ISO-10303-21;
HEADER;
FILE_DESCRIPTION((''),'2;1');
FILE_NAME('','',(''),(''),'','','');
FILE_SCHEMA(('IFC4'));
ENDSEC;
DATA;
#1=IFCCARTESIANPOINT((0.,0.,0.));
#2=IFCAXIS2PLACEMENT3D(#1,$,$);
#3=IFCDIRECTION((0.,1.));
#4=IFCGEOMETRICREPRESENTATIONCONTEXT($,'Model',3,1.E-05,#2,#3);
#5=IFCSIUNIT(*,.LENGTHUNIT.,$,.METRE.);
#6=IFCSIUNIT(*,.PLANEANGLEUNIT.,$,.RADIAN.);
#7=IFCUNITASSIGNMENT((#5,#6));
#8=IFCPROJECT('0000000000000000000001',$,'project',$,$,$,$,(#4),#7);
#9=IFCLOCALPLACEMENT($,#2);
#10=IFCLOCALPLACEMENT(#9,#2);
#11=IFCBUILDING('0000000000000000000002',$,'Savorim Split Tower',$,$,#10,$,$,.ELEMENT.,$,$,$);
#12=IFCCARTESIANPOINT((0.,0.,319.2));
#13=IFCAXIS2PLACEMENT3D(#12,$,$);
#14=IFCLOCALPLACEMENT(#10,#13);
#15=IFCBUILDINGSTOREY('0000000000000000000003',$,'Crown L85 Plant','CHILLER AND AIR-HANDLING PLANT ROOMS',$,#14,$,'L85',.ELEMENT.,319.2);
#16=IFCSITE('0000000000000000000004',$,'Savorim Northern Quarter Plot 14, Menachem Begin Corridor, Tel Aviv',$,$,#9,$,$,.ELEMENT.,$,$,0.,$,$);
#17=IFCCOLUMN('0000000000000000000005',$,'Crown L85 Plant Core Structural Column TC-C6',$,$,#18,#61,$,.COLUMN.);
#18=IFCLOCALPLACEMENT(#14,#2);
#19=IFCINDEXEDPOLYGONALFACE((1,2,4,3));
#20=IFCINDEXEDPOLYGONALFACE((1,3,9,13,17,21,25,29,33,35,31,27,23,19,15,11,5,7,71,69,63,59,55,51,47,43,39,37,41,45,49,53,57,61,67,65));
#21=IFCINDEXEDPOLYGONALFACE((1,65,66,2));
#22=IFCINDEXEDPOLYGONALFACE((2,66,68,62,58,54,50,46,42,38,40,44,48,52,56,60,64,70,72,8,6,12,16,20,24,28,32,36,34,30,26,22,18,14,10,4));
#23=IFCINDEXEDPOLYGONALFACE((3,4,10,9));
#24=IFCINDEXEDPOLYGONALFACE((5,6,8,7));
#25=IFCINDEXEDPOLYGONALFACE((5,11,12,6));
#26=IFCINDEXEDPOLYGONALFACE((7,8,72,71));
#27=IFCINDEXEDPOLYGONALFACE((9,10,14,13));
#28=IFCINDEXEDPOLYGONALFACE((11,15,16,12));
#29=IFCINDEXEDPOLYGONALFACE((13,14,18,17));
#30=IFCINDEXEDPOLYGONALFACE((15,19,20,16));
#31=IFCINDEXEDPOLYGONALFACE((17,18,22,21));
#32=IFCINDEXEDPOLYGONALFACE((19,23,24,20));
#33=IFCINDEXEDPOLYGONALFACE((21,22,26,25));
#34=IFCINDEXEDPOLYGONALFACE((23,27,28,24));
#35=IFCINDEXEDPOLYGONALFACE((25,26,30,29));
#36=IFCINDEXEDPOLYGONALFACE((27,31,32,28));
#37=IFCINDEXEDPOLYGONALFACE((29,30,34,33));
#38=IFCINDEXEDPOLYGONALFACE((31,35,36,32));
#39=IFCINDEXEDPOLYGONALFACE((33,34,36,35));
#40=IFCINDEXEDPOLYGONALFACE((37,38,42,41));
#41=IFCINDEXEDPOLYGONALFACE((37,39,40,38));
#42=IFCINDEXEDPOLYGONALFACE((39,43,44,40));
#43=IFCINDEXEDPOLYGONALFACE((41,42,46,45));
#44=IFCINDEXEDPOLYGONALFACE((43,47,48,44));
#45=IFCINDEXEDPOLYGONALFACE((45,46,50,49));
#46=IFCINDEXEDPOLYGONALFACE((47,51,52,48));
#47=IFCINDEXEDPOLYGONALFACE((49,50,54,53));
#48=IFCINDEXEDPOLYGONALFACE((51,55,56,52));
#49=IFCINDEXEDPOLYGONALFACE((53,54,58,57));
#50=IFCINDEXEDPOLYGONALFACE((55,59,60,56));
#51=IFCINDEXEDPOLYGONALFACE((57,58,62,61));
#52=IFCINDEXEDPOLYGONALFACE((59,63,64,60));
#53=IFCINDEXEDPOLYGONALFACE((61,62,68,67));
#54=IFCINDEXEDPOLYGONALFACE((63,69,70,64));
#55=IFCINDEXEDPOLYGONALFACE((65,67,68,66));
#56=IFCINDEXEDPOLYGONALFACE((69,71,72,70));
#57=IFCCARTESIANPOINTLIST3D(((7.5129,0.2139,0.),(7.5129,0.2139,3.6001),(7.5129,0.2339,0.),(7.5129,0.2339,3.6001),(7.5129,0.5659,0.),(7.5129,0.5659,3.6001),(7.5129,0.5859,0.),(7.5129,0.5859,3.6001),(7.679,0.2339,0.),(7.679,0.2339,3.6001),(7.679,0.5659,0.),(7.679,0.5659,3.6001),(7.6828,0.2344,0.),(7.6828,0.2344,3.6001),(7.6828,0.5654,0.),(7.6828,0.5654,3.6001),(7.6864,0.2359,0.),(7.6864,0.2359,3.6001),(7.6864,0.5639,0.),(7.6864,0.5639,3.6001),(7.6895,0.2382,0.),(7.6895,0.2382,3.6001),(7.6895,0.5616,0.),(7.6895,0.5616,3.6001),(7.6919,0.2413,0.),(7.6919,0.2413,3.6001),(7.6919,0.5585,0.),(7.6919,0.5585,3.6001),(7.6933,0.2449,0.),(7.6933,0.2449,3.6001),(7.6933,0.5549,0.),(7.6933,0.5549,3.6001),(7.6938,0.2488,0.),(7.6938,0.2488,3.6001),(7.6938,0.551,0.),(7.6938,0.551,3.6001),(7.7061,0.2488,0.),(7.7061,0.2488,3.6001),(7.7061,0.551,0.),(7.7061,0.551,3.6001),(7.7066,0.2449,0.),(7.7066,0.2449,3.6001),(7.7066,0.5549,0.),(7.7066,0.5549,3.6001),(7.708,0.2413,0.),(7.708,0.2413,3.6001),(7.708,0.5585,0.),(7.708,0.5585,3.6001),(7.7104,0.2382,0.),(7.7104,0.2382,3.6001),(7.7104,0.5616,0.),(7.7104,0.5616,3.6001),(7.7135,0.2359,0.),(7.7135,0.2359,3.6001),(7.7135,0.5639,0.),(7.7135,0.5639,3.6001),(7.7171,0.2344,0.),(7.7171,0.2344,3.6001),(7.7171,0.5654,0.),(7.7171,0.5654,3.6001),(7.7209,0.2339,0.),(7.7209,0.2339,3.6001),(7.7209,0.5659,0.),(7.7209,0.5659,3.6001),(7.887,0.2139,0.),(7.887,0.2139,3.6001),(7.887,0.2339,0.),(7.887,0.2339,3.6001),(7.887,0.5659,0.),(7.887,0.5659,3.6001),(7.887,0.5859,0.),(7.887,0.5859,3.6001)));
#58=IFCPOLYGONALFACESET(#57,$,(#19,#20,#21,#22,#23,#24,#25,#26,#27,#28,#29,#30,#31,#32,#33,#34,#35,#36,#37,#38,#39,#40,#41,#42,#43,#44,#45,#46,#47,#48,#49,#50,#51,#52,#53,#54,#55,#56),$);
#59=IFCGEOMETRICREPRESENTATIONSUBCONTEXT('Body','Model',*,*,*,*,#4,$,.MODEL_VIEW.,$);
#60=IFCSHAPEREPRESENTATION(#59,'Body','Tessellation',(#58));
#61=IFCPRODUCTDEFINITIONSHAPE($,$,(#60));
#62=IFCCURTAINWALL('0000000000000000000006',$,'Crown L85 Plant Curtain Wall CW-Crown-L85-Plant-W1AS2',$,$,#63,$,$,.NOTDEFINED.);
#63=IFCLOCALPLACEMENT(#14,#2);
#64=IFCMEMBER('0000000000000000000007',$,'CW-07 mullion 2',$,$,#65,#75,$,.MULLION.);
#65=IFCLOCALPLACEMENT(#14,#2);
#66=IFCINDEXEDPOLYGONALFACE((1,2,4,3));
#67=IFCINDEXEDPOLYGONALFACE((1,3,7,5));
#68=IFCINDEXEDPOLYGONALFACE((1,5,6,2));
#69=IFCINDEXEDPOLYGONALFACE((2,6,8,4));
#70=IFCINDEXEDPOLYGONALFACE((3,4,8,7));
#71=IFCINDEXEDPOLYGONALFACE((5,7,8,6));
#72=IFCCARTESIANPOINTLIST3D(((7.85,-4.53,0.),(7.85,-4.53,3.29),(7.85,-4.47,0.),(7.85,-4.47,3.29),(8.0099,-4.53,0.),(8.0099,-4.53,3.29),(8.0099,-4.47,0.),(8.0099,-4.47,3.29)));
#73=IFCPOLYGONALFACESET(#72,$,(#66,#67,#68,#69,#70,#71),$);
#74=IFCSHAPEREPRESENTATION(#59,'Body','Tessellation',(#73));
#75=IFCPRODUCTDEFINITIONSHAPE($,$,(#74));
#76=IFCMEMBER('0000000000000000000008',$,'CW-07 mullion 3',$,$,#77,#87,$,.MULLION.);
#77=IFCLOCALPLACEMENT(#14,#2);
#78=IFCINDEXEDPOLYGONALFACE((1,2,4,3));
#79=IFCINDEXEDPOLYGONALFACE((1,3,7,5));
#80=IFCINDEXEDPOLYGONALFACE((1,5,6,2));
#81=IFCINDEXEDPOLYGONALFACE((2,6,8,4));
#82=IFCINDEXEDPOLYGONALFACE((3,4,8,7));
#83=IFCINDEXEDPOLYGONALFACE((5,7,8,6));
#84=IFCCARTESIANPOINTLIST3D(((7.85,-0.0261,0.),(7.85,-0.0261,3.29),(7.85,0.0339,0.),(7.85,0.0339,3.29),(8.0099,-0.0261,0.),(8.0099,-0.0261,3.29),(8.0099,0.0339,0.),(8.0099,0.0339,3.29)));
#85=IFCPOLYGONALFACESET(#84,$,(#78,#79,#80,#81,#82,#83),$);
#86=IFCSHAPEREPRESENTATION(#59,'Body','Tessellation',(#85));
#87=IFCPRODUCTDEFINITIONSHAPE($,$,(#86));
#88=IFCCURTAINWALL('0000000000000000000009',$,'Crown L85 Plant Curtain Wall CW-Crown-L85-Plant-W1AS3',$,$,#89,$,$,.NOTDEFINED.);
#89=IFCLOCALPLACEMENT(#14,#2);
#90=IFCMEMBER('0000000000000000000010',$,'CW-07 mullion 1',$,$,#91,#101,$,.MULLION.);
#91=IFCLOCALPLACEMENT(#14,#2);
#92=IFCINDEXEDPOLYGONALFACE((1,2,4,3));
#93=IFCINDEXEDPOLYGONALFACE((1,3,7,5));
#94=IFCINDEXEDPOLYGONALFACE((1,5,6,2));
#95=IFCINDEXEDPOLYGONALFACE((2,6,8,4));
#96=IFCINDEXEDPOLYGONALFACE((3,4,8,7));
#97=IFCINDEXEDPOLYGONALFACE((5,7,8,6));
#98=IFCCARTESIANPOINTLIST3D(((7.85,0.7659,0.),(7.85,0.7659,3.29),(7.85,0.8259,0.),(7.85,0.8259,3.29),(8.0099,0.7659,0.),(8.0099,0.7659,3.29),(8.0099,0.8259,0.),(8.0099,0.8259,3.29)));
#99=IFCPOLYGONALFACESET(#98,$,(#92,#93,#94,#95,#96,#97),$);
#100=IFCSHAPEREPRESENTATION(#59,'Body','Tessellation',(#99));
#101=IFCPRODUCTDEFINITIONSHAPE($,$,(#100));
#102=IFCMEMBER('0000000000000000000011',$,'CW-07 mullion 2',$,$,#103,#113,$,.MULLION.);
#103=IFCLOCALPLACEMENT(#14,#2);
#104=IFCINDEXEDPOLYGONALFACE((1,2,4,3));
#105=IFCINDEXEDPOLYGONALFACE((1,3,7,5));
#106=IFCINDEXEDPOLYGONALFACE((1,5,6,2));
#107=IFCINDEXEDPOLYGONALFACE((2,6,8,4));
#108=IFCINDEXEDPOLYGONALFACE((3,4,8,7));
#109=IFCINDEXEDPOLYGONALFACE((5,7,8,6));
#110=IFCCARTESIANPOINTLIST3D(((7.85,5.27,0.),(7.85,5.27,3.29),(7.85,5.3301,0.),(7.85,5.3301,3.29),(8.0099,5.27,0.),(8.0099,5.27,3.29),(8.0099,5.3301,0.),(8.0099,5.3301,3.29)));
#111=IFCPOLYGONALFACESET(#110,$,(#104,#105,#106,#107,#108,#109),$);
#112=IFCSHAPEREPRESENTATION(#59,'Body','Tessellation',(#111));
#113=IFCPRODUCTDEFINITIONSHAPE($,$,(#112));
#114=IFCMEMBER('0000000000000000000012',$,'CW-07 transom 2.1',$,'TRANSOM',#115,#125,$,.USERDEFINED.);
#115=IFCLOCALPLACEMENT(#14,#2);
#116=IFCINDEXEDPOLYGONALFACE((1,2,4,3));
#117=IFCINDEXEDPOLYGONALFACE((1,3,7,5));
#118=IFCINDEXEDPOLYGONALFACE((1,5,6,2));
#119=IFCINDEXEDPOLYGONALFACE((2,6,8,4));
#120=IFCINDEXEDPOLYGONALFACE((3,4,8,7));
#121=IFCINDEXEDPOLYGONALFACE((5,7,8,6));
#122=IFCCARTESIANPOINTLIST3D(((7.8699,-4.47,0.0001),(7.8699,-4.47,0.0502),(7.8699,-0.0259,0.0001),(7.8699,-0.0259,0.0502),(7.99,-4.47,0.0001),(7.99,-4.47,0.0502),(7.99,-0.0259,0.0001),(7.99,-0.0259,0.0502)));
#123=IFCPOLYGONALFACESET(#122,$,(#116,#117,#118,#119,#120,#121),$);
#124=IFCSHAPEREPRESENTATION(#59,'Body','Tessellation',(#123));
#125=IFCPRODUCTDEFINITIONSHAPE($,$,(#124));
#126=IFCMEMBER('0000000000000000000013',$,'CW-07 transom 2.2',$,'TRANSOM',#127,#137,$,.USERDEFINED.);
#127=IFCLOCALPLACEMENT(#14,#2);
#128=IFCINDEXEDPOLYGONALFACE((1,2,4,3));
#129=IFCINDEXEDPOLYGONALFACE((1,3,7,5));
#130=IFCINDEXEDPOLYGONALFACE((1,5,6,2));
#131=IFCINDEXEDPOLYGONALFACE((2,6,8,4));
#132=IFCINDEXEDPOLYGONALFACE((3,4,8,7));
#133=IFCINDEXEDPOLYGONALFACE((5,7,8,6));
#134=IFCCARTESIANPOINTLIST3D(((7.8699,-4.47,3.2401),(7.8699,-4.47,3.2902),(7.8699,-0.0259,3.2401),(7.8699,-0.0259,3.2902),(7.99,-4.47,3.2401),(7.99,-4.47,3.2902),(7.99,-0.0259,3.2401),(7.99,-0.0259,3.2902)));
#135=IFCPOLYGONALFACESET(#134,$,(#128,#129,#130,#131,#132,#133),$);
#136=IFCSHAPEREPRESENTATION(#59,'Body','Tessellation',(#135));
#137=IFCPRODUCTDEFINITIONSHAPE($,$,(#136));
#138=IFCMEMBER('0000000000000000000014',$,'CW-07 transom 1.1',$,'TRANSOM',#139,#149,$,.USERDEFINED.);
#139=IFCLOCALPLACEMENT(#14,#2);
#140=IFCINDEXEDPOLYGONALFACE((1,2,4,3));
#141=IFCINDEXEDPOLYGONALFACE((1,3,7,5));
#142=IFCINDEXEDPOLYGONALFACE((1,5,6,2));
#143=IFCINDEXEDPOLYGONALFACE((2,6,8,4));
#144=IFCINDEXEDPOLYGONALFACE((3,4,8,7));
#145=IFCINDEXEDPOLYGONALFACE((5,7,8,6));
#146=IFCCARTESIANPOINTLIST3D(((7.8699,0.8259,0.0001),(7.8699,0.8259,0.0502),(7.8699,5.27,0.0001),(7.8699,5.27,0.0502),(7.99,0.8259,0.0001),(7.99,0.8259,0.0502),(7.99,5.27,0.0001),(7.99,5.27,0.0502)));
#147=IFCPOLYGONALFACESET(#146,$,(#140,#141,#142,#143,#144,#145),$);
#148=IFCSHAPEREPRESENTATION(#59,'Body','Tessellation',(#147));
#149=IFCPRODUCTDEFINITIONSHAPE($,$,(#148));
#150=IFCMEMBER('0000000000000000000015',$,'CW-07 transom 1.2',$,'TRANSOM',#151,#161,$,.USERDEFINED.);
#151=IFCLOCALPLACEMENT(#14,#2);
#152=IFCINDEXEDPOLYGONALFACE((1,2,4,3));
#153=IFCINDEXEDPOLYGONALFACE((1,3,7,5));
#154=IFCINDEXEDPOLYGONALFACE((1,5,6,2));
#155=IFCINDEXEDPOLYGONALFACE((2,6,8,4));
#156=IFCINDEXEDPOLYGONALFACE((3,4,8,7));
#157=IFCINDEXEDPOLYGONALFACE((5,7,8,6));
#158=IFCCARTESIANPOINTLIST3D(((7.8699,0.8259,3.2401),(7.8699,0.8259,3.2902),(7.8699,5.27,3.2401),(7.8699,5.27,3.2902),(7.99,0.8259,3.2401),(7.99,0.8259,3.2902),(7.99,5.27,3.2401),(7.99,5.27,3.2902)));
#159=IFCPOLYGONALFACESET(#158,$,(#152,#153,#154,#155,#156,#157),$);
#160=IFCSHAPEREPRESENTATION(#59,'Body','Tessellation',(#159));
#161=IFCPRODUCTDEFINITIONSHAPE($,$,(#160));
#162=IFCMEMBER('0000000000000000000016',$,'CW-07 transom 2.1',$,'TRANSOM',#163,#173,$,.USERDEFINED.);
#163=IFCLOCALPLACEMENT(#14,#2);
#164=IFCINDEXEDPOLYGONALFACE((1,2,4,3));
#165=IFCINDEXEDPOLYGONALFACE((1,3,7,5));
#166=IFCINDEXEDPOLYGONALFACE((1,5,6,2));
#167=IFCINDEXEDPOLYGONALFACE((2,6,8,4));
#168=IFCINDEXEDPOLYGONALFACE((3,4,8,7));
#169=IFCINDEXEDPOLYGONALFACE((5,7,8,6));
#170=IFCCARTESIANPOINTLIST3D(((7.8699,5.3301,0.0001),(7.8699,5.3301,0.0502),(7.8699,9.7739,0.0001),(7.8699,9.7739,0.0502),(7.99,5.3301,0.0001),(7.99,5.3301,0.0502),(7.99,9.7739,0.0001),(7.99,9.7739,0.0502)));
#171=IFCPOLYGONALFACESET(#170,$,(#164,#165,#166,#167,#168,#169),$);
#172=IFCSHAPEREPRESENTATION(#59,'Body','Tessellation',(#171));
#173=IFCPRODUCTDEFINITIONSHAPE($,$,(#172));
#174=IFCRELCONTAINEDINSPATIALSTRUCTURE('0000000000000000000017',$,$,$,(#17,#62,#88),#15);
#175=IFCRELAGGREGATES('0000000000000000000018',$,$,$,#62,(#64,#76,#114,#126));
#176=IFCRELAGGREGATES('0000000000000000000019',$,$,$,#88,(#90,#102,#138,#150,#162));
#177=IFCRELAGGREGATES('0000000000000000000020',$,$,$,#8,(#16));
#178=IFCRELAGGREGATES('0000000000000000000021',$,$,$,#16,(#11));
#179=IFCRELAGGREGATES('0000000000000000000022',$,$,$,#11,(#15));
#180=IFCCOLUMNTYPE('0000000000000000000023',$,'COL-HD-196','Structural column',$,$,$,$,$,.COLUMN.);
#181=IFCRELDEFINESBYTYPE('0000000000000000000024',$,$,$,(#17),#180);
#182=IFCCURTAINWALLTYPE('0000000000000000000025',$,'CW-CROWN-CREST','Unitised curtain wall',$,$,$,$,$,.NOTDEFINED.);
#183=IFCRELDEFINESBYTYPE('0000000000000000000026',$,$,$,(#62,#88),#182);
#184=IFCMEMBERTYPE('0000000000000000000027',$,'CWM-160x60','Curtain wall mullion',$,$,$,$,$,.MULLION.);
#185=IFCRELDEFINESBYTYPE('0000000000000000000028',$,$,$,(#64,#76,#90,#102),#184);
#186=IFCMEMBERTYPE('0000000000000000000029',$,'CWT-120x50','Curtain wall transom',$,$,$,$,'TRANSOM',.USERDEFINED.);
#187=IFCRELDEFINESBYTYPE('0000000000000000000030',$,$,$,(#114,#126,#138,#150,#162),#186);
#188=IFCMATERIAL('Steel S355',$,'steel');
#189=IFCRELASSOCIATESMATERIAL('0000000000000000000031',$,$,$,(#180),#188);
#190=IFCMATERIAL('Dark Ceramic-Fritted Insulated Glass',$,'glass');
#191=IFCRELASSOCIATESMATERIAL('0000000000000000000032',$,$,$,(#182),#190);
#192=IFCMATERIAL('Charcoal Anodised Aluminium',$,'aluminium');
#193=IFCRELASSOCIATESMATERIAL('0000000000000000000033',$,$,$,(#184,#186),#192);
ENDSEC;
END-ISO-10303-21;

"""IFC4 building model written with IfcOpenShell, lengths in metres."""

from ifc_helpers import new_model, si_unit, direction, frame, origin, origin_2d, place, context, subcontext, project, spatial, rectangle, i_section, extrude, material, material_profile, profile_set, type_object, element, aggregate, save


model = new_model("IFC4")

# Units and contexts
model_context = context("Model", 3, precision=1e-05, world=origin(), true_north=direction((0.0, 1.0)))
body_context = subcontext(model_context, "Body", "Model", "MODEL_VIEW")
ifc_project = project(units=[si_unit("LENGTHUNIT", "METRE"), si_unit("PLANEANGLEUNIT", "RADIAN")], contexts=[model_context])

# Site, building, storey
site_placement = place(None, origin())
site = spatial("IfcSite", under=ifc_project, at=site_placement, Name="Savorim Northern Quarter Plot 14, Menachem Begin Corridor, Tel Aviv", CompositionType="ELEMENT", RefElevation=0.0)
building_placement = place(site_placement, origin())
building = spatial("IfcBuilding", under=site, at=building_placement, Name="Savorim Split Tower", CompositionType="ELEMENT")
storey_placement = place(building_placement, frame((0.0, 0.0, 319.2)))
storey = spatial("IfcBuildingStorey", under=building, at=storey_placement, Name="Crown L85 Plant", Description="CHILLER AND AIR-HANDLING PLANT ROOMS", LongName="L85", CompositionType="ELEMENT", Elevation=319.2)

# Column
ifc_material_1 = material(Name="Steel S355", Category="steel")
ifc_material_profile_1 = material_profile(ifc_material_1, i_section(OverallWidth=0.374, OverallDepth=0.3721, WebThickness=0.0122, FlangeThickness=0.02, FilletRadius=0.0149, at=origin_2d()), Name="HD 360x196")
ifc_profile_set_1 = profile_set([ifc_material_profile_1], Name="Steel S355")
column_type = type_object("IfcColumnType", Name="COL-HD-196", Description="Structural column", PredefinedType="COLUMN", material=ifc_profile_set_1)
column_placement = place(storey_placement, frame((7.7, 0.3999, 0.0), z_axis=(0.0, 0.0, 1.0), x_axis=(1.0, 0.0, 0.0)))
element("IfcColumn", 1, at=column_placement, inside=storey, type_object=column_type, Name="Crown L85 Plant Core Structural Column TC-C6", PredefinedType="COLUMN", context=body_context, shape_type="SweptSolid", body=[
    extrude(i_section(OverallWidth=0.374, OverallDepth=0.3721, WebThickness=0.0122, FlangeThickness=0.02, FilletRadius=0.0149, at=origin_2d()), origin(), (0.0, 0.0, 1.0), 3.6001),
])

# Curtain walls, members
ifc_material_2 = material(Name="Dark Ceramic-Fritted Insulated Glass", Category="glass")
curtain_wall_type = type_object("IfcCurtainWallType", Name="CW-CROWN-CREST", Description="Unitised curtain wall", PredefinedType="NOTDEFINED", material=ifc_material_2)
curtain_wall_1_placement = place(storey_placement, origin())
curtain_wall_1 = element("IfcCurtainWall", 2, at=curtain_wall_1_placement, inside=storey, type_object=curtain_wall_type, Name="Crown L85 Plant Curtain Wall CW-Crown-L85-Plant-W1AS2", PredefinedType="NOTDEFINED")
ifc_material_3 = material(Name="Charcoal Anodised Aluminium", Category="aluminium")
ifc_material_profile_2 = material_profile(ifc_material_3, rectangle(XDim=0.1599, YDim=0.0601, at=origin_2d()), Name="ALU-M 160x60")
ifc_profile_set_2 = profile_set([ifc_material_profile_2], Name="Charcoal Anodised Aluminium")
member_type_1 = type_object("IfcMemberType", Name="CWM-160x60", Description="Curtain wall mullion", PredefinedType="MULLION", material=ifc_profile_set_2)
member_1_placement = place(storey_placement, frame((7.9299, -4.5, 0.0), z_axis=(0.0, 0.0, 1.0), x_axis=(-1.0, 0.0, 0.0)))
member_1 = element("IfcMember", 3, at=member_1_placement, type_object=member_type_1, Name="CW-07 mullion 2", PredefinedType="MULLION", context=body_context, shape_type="SweptSolid", body=[
    extrude(rectangle(XDim=0.1599, YDim=0.0601, at=origin_2d()), origin(), (0.0, 0.0, 1.0), 3.29),
])
member_2_placement = place(storey_placement, frame((7.9299, 0.0039, 0.0), z_axis=(0.0, 0.0, 1.0), x_axis=(-1.0, 0.0, 0.0)))
member_2 = element("IfcMember", 4, at=member_2_placement, type_object=member_type_1, Name="CW-07 mullion 3", PredefinedType="MULLION", context=body_context, shape_type="SweptSolid", body=[
    extrude(rectangle(XDim=0.1599, YDim=0.0601, at=origin_2d()), origin(), (0.0, 0.0, 1.0), 3.29),
])
curtain_wall_2_placement = place(storey_placement, origin())
curtain_wall_2 = element("IfcCurtainWall", 5, at=curtain_wall_2_placement, inside=storey, type_object=curtain_wall_type, Name="Crown L85 Plant Curtain Wall CW-Crown-L85-Plant-W1AS3", PredefinedType="NOTDEFINED")
member_3_placement = place(storey_placement, frame((7.9299, 0.7959, 0.0), z_axis=(0.0, 0.0, 1.0), x_axis=(-1.0, 0.0, 0.0)))
member_3 = element("IfcMember", 6, at=member_3_placement, type_object=member_type_1, Name="CW-07 mullion 1", PredefinedType="MULLION", context=body_context, shape_type="SweptSolid", body=[
    extrude(rectangle(XDim=0.1599, YDim=0.0601, at=origin_2d()), origin(), (0.0, 0.0, 1.0), 3.29),
])
member_4_placement = place(storey_placement, frame((7.9299, 5.3, 0.0), z_axis=(0.0, 0.0, 1.0), x_axis=(-1.0, 0.0, 0.0)))
member_4 = element("IfcMember", 7, at=member_4_placement, type_object=member_type_1, Name="CW-07 mullion 2", PredefinedType="MULLION", context=body_context, shape_type="SweptSolid", body=[
    extrude(rectangle(XDim=0.1599, YDim=0.0601, at=origin_2d()), origin(), (0.0, 0.0, 1.0), 3.29),
])

# Members
ifc_material_profile_3 = material_profile(ifc_material_3, rectangle(XDim=0.1201, YDim=0.05, at=origin_2d()), Name="ALU-T 120x50")
ifc_profile_set_3 = profile_set([ifc_material_profile_3], Name="Charcoal Anodised Aluminium")
member_type_2 = type_object("IfcMemberType", Name="CWT-120x50", Description="Curtain wall transom", ElementType="TRANSOM", PredefinedType="USERDEFINED", material=ifc_profile_set_3)
member_5_placement = place(storey_placement, frame((7.9299, -4.47, 0.0251), z_axis=(0.0, 1.0, 0.0), x_axis=(-1.0, 0.0, 0.0)))
member_5 = element("IfcMember", 8, at=member_5_placement, type_object=member_type_2, Name="CW-07 transom 2.1", ObjectType="TRANSOM", PredefinedType="USERDEFINED", context=body_context, shape_type="SweptSolid", body=[
    extrude(rectangle(XDim=0.1201, YDim=0.05, at=origin_2d()), origin(), (0.0, 0.0, 1.0), 4.4441),
])
member_6_placement = place(storey_placement, frame((7.9299, -4.47, 3.2651), z_axis=(0.0, 1.0, 0.0), x_axis=(-1.0, 0.0, 0.0)))
member_6 = element("IfcMember", 9, at=member_6_placement, type_object=member_type_2, Name="CW-07 transom 2.2", ObjectType="TRANSOM", PredefinedType="USERDEFINED", context=body_context, shape_type="SweptSolid", body=[
    extrude(rectangle(XDim=0.1201, YDim=0.05, at=origin_2d()), origin(), (0.0, 0.0, 1.0), 4.4441),
])
member_7_placement = place(storey_placement, frame((7.9299, 0.8259, 0.0251), z_axis=(0.0, 1.0, 0.0), x_axis=(-1.0, 0.0, 0.0)))
member_7 = element("IfcMember", 10, at=member_7_placement, type_object=member_type_2, Name="CW-07 transom 1.1", ObjectType="TRANSOM", PredefinedType="USERDEFINED", context=body_context, shape_type="SweptSolid", body=[
    extrude(rectangle(XDim=0.1201, YDim=0.05, at=origin_2d()), origin(), (0.0, 0.0, 1.0), 4.4441),
])
member_8_placement = place(storey_placement, frame((7.9299, 0.8259, 3.2651), z_axis=(0.0, 1.0, 0.0), x_axis=(-1.0, 0.0, 0.0)))
member_8 = element("IfcMember", 11, at=member_8_placement, type_object=member_type_2, Name="CW-07 transom 1.2", ObjectType="TRANSOM", PredefinedType="USERDEFINED", context=body_context, shape_type="SweptSolid", body=[
    extrude(rectangle(XDim=0.1201, YDim=0.05, at=origin_2d()), origin(), (0.0, 0.0, 1.0), 4.4441),
])
member_9_placement = place(storey_placement, frame((7.9299, 5.3301, 0.0251), z_axis=(0.0, 1.0, 0.0), x_axis=(-1.0, 0.0, 0.0)))
member_9 = element("IfcMember", 12, at=member_9_placement, type_object=member_type_2, Name="CW-07 transom 2.1", ObjectType="TRANSOM", PredefinedType="USERDEFINED", context=body_context, shape_type="SweptSolid", body=[
    extrude(rectangle(XDim=0.1201, YDim=0.05, at=origin_2d()), origin(), (0.0, 0.0, 1.0), 4.4438),
])

aggregate(curtain_wall_1, [member_1, member_2, member_5, member_6])
aggregate(curtain_wall_2, [member_3, member_4, member_7, member_8, member_9])

save(model, "model.ifc")
